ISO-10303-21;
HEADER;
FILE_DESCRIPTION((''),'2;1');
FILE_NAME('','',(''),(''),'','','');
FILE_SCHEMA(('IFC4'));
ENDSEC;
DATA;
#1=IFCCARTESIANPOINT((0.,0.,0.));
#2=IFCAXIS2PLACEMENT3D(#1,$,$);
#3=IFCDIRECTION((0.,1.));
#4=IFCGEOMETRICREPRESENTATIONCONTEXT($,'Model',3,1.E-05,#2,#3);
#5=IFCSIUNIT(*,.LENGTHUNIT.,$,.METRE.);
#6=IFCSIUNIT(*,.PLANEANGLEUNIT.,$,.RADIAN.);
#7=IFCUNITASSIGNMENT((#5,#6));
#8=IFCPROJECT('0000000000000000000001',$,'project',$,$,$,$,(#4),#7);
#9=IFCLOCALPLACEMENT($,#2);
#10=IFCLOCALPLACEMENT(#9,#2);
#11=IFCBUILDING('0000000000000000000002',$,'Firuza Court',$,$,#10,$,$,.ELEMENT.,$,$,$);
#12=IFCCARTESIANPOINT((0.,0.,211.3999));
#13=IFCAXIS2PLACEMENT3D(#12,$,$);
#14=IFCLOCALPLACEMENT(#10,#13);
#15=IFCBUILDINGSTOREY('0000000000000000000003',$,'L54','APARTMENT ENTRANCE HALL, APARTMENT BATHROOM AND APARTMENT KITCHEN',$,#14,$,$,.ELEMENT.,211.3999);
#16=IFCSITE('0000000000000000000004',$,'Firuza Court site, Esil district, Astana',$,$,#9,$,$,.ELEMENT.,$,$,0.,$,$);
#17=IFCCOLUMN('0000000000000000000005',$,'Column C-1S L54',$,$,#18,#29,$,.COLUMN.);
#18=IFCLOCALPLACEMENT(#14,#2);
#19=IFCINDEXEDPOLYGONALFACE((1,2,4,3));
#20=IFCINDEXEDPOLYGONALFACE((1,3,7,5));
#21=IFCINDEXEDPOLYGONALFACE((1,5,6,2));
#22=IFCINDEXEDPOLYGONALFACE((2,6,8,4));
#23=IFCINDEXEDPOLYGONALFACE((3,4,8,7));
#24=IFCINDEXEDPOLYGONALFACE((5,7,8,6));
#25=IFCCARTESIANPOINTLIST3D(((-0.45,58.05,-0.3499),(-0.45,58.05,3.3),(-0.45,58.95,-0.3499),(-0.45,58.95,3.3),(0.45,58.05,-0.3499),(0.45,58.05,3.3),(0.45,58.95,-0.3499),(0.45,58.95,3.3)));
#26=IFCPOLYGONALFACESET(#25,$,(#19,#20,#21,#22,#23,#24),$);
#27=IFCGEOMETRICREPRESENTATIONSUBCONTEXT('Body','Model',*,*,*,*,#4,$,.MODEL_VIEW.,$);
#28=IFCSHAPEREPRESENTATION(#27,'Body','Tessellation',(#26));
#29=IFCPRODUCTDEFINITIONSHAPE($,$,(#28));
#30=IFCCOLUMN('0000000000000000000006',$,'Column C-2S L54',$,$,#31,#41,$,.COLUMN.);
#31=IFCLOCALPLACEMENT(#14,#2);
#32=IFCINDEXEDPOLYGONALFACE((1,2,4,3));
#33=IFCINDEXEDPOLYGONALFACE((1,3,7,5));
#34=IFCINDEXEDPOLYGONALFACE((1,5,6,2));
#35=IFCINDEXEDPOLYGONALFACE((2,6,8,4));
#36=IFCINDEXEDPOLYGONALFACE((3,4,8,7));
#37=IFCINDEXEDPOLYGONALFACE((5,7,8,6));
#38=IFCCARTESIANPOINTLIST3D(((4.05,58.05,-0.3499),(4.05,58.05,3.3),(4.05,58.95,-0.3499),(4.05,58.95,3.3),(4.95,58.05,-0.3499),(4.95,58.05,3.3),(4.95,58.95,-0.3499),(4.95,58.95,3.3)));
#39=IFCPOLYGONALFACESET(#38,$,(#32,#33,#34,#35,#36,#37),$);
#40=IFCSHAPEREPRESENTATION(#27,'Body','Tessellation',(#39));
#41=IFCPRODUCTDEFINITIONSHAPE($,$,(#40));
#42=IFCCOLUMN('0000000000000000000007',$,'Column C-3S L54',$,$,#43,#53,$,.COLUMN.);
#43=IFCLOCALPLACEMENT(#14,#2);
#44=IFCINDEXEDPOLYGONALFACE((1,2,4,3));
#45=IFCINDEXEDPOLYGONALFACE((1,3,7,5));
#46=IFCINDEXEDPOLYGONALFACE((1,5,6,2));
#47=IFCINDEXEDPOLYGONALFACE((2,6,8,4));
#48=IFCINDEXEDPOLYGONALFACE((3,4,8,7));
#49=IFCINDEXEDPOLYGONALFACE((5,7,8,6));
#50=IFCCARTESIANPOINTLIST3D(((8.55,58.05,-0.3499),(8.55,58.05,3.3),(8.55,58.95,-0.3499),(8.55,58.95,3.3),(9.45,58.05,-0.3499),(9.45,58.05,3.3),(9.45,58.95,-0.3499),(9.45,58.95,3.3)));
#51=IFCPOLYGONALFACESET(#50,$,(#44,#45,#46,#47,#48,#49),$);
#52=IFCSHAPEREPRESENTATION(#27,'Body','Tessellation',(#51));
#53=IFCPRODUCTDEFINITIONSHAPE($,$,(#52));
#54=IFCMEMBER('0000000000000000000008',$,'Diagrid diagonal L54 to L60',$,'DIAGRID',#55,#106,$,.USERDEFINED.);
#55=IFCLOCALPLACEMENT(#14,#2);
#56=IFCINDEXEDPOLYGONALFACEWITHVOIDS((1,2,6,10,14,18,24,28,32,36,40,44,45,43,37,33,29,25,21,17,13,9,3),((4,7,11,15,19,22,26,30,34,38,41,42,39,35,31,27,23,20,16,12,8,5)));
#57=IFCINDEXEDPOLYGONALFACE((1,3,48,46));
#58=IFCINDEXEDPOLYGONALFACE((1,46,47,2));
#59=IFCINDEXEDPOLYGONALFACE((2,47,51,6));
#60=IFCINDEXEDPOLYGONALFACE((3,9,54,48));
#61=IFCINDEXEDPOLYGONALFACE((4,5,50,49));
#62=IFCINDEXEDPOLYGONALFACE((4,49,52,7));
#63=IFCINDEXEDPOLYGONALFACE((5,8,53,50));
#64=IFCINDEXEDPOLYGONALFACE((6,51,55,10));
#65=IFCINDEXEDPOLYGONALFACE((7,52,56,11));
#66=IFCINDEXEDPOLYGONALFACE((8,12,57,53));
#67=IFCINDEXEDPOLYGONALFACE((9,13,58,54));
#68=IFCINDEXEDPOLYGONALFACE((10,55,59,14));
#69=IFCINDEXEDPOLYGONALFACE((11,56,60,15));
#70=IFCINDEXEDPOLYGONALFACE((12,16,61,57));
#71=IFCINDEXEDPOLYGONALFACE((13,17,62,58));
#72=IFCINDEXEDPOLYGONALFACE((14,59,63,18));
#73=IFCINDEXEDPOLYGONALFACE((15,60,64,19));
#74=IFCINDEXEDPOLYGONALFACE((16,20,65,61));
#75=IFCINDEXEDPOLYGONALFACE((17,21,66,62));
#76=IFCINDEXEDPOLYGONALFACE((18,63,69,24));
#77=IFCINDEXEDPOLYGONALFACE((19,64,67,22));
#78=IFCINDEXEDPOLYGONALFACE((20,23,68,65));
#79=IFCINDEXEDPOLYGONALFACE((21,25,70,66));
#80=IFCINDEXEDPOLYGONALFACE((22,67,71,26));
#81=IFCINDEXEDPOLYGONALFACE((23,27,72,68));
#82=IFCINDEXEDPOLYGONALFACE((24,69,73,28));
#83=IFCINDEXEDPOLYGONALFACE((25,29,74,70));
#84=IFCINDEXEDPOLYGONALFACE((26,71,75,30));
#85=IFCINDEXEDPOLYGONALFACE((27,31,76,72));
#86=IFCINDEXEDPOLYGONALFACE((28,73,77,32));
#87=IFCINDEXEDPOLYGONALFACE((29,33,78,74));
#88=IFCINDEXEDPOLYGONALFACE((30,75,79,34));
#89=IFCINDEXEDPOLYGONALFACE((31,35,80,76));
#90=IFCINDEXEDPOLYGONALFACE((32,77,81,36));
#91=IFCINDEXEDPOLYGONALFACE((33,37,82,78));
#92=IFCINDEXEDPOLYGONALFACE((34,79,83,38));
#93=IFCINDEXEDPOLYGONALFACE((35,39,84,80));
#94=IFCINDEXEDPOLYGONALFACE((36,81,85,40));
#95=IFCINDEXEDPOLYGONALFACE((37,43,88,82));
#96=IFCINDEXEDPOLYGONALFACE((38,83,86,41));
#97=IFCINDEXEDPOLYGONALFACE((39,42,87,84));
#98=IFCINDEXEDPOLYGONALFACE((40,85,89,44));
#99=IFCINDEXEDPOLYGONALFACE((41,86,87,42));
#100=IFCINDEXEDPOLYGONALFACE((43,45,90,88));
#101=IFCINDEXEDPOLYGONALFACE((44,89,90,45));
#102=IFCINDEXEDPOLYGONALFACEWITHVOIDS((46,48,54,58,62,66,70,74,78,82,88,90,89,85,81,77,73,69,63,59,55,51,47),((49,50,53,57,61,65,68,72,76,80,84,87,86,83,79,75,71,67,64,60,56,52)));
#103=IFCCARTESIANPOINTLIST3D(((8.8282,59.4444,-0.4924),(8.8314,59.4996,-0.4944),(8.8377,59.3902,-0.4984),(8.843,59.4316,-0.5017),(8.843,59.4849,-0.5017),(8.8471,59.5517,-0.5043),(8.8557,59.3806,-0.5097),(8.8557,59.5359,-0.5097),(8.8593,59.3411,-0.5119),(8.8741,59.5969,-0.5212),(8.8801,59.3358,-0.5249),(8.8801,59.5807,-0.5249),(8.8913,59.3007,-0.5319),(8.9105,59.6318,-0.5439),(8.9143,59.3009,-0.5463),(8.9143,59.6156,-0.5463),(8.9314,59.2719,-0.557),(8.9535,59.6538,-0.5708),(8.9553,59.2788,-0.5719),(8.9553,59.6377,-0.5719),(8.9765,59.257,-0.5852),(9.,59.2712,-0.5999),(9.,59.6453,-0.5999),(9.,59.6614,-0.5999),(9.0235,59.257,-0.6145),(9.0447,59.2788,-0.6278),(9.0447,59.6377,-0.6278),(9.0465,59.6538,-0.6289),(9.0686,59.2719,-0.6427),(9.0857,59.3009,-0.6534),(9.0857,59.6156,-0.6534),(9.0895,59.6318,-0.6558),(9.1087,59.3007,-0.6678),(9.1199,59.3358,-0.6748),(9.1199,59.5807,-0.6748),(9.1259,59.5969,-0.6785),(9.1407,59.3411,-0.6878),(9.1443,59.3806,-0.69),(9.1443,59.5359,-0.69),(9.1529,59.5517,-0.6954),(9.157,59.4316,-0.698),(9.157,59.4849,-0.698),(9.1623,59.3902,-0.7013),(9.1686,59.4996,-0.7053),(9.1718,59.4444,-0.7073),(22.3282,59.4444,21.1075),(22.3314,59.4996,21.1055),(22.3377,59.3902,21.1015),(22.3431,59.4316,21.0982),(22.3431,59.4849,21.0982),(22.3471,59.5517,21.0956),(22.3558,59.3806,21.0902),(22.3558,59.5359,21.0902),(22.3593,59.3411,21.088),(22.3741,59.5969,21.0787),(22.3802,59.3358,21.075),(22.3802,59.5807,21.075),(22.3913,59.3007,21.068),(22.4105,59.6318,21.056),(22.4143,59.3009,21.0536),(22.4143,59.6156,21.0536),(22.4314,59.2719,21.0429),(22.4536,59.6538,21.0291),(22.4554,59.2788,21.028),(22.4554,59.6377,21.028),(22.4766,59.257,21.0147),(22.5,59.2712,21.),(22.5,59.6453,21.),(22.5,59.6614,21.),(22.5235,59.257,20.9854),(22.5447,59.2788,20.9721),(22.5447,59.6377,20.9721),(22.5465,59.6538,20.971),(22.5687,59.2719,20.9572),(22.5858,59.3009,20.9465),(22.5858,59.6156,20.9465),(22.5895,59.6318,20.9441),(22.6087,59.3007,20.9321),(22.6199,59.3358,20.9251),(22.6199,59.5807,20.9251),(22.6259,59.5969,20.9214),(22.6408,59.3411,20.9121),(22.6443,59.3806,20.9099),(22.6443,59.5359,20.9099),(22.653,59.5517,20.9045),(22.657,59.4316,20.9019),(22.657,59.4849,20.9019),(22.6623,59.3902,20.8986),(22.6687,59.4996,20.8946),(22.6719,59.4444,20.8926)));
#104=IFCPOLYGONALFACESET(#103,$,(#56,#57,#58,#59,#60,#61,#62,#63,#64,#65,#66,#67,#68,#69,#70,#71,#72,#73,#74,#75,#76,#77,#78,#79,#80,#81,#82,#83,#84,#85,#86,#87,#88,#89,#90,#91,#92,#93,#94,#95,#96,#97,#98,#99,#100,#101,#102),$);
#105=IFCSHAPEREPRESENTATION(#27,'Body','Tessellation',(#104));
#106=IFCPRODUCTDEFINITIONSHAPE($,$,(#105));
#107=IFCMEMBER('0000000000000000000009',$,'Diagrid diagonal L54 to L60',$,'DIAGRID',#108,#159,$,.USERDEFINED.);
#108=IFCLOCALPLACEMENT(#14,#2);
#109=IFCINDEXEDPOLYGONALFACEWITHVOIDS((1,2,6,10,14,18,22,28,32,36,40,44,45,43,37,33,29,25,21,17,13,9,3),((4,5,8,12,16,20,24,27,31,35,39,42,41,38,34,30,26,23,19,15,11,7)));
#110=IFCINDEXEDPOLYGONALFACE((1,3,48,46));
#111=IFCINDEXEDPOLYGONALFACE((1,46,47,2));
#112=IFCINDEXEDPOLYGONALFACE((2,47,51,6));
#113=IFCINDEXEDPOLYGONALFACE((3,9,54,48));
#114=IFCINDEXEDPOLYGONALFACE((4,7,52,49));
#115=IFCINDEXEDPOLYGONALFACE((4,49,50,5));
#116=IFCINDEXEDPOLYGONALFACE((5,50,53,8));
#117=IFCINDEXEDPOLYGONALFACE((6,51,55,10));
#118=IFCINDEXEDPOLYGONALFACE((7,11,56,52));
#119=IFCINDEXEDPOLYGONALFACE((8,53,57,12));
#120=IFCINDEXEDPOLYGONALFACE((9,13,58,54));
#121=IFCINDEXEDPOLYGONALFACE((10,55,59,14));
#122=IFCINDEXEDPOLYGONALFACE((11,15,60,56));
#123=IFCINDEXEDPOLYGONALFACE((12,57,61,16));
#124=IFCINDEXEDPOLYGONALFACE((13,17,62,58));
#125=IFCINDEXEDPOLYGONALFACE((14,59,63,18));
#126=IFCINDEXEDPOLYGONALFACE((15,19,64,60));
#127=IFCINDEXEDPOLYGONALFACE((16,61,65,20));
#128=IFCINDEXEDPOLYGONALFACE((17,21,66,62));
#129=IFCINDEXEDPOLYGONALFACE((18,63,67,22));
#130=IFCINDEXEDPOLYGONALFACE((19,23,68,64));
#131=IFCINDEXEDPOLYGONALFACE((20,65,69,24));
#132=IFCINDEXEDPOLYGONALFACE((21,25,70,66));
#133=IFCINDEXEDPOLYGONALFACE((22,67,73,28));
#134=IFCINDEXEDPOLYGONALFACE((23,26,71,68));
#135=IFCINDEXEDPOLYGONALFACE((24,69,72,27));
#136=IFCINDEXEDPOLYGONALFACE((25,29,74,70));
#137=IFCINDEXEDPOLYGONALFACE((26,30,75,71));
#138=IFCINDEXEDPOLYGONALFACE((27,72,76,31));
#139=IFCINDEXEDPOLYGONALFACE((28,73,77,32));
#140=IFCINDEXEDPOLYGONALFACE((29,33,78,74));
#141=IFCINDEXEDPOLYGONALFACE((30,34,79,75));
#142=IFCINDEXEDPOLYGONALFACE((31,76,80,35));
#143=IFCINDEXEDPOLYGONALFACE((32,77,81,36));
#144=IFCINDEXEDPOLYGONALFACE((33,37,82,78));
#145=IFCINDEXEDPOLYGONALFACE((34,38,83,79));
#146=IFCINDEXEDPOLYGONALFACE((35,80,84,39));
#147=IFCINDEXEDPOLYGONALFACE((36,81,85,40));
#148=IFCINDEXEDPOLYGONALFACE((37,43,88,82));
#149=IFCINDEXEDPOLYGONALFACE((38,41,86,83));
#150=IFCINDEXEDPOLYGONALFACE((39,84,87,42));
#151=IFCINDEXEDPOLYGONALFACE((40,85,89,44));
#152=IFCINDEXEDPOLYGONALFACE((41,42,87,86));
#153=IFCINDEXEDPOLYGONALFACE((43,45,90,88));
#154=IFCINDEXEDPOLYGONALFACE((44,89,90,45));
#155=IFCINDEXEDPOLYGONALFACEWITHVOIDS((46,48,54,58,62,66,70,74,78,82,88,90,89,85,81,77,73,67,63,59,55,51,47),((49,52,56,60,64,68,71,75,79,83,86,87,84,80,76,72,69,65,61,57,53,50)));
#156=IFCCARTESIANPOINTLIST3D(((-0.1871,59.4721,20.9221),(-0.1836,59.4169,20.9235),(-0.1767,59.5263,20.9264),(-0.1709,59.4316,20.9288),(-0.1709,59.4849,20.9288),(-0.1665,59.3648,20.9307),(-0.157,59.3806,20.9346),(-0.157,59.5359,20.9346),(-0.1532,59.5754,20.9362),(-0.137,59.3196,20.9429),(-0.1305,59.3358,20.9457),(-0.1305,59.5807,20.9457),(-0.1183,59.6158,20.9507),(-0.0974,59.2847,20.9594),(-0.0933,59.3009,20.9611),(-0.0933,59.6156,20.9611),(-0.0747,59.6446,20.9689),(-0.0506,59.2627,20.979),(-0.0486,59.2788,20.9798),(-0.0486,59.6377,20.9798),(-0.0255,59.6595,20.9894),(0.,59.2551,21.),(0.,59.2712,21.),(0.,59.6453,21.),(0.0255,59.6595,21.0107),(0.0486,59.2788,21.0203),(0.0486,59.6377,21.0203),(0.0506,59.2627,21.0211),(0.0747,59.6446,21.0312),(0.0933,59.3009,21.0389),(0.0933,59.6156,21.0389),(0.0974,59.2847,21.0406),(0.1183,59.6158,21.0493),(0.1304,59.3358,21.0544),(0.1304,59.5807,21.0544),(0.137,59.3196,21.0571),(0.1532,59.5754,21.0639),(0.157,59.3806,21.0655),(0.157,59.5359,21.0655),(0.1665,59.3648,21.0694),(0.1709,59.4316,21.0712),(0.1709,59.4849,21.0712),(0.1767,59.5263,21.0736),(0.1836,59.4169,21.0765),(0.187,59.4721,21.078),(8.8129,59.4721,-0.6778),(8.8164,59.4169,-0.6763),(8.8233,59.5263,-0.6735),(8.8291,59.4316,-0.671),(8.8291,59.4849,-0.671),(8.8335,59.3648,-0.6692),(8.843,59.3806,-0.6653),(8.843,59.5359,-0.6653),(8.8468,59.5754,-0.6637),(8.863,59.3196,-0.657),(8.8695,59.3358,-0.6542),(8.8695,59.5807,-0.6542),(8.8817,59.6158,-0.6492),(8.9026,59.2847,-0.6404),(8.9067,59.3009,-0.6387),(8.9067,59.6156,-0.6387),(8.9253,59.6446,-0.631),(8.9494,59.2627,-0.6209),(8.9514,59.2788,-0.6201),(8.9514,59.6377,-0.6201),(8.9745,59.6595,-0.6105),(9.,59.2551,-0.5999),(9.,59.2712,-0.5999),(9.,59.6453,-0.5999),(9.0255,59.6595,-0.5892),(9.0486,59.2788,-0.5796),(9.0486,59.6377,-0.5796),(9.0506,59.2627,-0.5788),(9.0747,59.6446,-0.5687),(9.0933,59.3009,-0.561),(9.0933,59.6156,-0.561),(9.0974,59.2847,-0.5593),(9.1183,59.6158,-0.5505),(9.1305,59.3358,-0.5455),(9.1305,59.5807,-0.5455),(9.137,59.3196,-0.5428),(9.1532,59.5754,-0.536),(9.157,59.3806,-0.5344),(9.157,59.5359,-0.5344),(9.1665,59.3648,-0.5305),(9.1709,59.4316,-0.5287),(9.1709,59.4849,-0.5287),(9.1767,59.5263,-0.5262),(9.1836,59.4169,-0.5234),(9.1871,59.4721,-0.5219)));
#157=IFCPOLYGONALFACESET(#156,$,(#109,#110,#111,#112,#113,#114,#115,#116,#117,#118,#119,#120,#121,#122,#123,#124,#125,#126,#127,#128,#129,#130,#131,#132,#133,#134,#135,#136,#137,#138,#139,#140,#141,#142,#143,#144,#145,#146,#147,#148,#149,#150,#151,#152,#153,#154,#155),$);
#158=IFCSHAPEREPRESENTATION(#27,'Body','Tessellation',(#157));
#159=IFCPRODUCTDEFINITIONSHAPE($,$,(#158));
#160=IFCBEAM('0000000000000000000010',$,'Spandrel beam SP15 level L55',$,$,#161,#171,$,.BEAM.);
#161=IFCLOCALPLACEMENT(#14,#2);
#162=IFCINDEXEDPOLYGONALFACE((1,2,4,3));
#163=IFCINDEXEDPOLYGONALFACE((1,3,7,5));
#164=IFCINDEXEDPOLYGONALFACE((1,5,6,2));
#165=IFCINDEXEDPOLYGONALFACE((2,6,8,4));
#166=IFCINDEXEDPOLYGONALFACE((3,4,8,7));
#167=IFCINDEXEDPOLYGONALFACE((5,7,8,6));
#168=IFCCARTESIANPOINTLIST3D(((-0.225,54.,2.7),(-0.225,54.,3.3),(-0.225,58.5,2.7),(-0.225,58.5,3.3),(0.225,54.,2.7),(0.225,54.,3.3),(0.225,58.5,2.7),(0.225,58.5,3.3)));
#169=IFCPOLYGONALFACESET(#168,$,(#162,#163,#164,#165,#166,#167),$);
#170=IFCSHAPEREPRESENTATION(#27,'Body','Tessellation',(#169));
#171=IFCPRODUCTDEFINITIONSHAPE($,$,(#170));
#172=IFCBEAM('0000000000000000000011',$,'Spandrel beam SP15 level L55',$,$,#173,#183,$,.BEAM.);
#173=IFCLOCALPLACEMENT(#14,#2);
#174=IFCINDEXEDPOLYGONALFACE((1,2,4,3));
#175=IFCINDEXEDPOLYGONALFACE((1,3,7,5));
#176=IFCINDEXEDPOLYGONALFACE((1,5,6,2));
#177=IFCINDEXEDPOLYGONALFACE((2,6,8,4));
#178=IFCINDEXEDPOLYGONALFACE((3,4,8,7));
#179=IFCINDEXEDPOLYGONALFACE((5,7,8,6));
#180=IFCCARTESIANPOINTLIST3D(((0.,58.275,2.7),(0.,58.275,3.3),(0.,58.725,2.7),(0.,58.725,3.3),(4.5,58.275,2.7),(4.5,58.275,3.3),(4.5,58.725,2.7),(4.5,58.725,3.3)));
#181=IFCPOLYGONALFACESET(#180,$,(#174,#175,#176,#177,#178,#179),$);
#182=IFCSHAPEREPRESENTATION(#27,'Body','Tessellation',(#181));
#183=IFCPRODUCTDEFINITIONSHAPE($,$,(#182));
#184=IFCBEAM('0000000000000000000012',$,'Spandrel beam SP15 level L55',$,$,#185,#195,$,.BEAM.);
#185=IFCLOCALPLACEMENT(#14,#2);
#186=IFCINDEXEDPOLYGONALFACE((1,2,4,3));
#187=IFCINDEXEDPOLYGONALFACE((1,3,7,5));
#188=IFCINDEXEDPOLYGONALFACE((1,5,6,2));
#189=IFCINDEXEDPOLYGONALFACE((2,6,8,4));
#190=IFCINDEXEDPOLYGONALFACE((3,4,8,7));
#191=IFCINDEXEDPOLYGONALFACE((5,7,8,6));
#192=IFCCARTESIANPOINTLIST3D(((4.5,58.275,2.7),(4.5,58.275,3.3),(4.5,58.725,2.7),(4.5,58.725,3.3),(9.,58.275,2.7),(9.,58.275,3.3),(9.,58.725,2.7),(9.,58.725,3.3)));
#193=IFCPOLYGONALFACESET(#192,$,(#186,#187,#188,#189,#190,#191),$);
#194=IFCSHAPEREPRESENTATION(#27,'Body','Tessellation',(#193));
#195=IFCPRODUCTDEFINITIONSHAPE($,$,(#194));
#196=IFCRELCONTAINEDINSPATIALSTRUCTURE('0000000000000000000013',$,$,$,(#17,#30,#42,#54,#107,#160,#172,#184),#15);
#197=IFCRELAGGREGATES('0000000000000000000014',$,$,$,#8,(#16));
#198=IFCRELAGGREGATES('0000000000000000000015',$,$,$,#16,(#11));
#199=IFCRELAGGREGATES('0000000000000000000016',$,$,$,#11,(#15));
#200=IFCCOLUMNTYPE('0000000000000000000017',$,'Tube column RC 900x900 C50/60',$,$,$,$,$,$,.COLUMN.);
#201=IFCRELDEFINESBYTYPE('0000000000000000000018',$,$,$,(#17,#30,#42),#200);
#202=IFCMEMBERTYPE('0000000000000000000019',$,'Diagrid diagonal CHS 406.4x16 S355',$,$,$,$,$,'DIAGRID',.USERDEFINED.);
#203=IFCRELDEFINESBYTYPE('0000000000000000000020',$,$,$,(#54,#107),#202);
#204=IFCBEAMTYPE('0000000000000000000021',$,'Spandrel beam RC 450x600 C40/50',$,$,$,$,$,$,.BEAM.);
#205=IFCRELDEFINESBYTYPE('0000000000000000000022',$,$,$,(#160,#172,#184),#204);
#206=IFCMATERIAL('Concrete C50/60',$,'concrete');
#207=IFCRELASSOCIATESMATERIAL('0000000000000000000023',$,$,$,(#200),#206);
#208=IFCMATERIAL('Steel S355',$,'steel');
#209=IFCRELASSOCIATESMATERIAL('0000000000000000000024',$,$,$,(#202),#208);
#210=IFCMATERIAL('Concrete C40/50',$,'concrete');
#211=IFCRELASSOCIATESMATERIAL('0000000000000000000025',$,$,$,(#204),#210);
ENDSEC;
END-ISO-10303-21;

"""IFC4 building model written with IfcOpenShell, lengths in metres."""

from ifc_helpers import new_model, si_unit, direction, frame, origin, origin_2d, place, context, subcontext, project, spatial, rectangle, hollow_circle, extrude, material, material_profile, profile_set, type_object, element, save


model = new_model("IFC4")

# Units and contexts
model_context = context("Model", 3, precision=1e-05, world=origin(), true_north=direction((0.0, 1.0)))
body_context = subcontext(model_context, "Body", "Model", "MODEL_VIEW")
ifc_project = project(units=[si_unit("LENGTHUNIT", "METRE"), si_unit("PLANEANGLEUNIT", "RADIAN")], contexts=[model_context])

# Site, building, storey
site_placement = place(None, origin())
site = spatial("IfcSite", under=ifc_project, at=site_placement, Name="Firuza Court site, Esil district, Astana", CompositionType="ELEMENT", RefElevation=0.0)
building_placement = place(site_placement, origin())
building = spatial("IfcBuilding", under=site, at=building_placement, Name="Firuza Court", CompositionType="ELEMENT")
storey_placement = place(building_placement, frame((0.0, 0.0, 211.3999)))
storey = spatial("IfcBuildingStorey", under=building, at=storey_placement, Name="L54", Description="APARTMENT ENTRANCE HALL, APARTMENT BATHROOM AND APARTMENT KITCHEN", CompositionType="ELEMENT", Elevation=211.3999)

# Columns
ifc_material_1 = material(Name="Concrete C50/60", Category="concrete")
ifc_material_profile_1 = material_profile(ifc_material_1, rectangle(XDim=0.8999, YDim=0.8999, at=origin_2d()), Name="RC 900x900")
ifc_profile_set_1 = profile_set([ifc_material_profile_1], Name="Concrete C50/60")
column_type = type_object("IfcColumnType", Name="Tube column RC 900x900 C50/60", PredefinedType="COLUMN", material=ifc_profile_set_1)
for number, where, z_axis, x_axis, name in (
    (1, (0.0, 58.5, -0.3499), (0.0, 0.0, 1.0), (1.0, 0.0, 0.0), "Column C-1S L54"),
    (2, (4.5, 58.5, -0.3499), (0.0, 0.0, 1.0), (1.0, 0.0, 0.0), "Column C-2S L54"),
    (3, (9.0, 58.5, -0.3499), (0.0, 0.0, 1.0), (1.0, 0.0, 0.0), "Column C-3S L54"),
):
    element("IfcColumn", number, at=place(storey_placement, frame(where, z_axis=z_axis, x_axis=x_axis)), inside=storey, type_object=column_type, Name=name, PredefinedType="COLUMN", context=body_context, shape_type="SweptSolid", body=[
        extrude(rectangle(XDim=0.8999, YDim=0.8999, at=origin_2d()), origin(), (0.0, 0.0, 1.0), 3.6499),
    ])

# Members
ifc_material_2 = material(Name="Steel S355", Category="steel")
ifc_material_profile_2 = material_profile(ifc_material_2, hollow_circle(Radius=0.2031, WallThickness=0.0161, at=origin_2d()), Name="CHS 406.4x16")
ifc_profile_set_2 = profile_set([ifc_material_profile_2], Name="Steel S355")
member_type = type_object("IfcMemberType", Name="Diagrid diagonal CHS 406.4x16 S355", ElementType="DIAGRID", PredefinedType="USERDEFINED", material=ifc_profile_set_2)
member_1_placement = place(storey_placement, frame((9.0, 59.4583, -0.5999), z_axis=(0.530002, 0.0, 0.847997), x_axis=(0.0, 1.0, 0.0)))
element("IfcMember", 4, at=member_1_placement, inside=storey, type_object=member_type, Name="Diagrid diagonal L54 to L60", ObjectType="DIAGRID", PredefinedType="USERDEFINED", context=body_context, shape_type="SweptSolid", body=[
    extrude(hollow_circle(Radius=0.2031, WallThickness=0.0161, at=origin_2d()), origin(), (0.0, 0.0, 1.0), 25.4717),
])
member_2_placement = place(storey_placement, frame((9.0, 59.4583, -0.5999), z_axis=(-0.384618, 0.0, 0.923076), x_axis=(0.0, -1.0, 0.0)))
element("IfcMember", 5, at=member_2_placement, inside=storey, type_object=member_type, Name="Diagrid diagonal L54 to L60", ObjectType="DIAGRID", PredefinedType="USERDEFINED", context=body_context, shape_type="SweptSolid", body=[
    extrude(hollow_circle(Radius=0.2031, WallThickness=0.0161, at=origin_2d()), origin(), (0.0, 0.0, 1.0), 23.3999),
])

# Beams
ifc_material_3 = material(Name="Concrete C40/50", Category="concrete")
ifc_material_profile_3 = material_profile(ifc_material_3, rectangle(XDim=0.45, YDim=0.6001, at=origin_2d()), Name="RC 450x600")
ifc_profile_set_3 = profile_set([ifc_material_profile_3], Name="Concrete C40/50")
beam_type = type_object("IfcBeamType", Name="Spandrel beam RC 450x600 C40/50", PredefinedType="BEAM", material=ifc_profile_set_3)
for number, where, z_axis, x_axis, name in (
    (6, (0.0, 58.5, 3.0), (0.0, -1.0, 0.0), (1.0, 0.0, 0.0), "Spandrel beam SP15 level L55"),
    (7, (4.5, 58.5, 3.0), (-1.0, 0.0, 0.0), (0.0, -1.0, 0.0), "Spandrel beam SP15 level L55"),
    (8, (9.0, 58.5, 3.0), (-1.0, 0.0, 0.0), (0.0, -1.0, 0.0), "Spandrel beam SP15 level L55"),
):
    element("IfcBeam", number, at=place(storey_placement, frame(where, z_axis=z_axis, x_axis=x_axis)), inside=storey, type_object=beam_type, Name=name, PredefinedType="BEAM", context=body_context, shape_type="SweptSolid", body=[
        extrude(rectangle(XDim=0.45, YDim=0.6001, at=origin_2d()), origin(), (0.0, 0.0, 1.0), 4.5),
    ])

save(model, "model.ifc")
